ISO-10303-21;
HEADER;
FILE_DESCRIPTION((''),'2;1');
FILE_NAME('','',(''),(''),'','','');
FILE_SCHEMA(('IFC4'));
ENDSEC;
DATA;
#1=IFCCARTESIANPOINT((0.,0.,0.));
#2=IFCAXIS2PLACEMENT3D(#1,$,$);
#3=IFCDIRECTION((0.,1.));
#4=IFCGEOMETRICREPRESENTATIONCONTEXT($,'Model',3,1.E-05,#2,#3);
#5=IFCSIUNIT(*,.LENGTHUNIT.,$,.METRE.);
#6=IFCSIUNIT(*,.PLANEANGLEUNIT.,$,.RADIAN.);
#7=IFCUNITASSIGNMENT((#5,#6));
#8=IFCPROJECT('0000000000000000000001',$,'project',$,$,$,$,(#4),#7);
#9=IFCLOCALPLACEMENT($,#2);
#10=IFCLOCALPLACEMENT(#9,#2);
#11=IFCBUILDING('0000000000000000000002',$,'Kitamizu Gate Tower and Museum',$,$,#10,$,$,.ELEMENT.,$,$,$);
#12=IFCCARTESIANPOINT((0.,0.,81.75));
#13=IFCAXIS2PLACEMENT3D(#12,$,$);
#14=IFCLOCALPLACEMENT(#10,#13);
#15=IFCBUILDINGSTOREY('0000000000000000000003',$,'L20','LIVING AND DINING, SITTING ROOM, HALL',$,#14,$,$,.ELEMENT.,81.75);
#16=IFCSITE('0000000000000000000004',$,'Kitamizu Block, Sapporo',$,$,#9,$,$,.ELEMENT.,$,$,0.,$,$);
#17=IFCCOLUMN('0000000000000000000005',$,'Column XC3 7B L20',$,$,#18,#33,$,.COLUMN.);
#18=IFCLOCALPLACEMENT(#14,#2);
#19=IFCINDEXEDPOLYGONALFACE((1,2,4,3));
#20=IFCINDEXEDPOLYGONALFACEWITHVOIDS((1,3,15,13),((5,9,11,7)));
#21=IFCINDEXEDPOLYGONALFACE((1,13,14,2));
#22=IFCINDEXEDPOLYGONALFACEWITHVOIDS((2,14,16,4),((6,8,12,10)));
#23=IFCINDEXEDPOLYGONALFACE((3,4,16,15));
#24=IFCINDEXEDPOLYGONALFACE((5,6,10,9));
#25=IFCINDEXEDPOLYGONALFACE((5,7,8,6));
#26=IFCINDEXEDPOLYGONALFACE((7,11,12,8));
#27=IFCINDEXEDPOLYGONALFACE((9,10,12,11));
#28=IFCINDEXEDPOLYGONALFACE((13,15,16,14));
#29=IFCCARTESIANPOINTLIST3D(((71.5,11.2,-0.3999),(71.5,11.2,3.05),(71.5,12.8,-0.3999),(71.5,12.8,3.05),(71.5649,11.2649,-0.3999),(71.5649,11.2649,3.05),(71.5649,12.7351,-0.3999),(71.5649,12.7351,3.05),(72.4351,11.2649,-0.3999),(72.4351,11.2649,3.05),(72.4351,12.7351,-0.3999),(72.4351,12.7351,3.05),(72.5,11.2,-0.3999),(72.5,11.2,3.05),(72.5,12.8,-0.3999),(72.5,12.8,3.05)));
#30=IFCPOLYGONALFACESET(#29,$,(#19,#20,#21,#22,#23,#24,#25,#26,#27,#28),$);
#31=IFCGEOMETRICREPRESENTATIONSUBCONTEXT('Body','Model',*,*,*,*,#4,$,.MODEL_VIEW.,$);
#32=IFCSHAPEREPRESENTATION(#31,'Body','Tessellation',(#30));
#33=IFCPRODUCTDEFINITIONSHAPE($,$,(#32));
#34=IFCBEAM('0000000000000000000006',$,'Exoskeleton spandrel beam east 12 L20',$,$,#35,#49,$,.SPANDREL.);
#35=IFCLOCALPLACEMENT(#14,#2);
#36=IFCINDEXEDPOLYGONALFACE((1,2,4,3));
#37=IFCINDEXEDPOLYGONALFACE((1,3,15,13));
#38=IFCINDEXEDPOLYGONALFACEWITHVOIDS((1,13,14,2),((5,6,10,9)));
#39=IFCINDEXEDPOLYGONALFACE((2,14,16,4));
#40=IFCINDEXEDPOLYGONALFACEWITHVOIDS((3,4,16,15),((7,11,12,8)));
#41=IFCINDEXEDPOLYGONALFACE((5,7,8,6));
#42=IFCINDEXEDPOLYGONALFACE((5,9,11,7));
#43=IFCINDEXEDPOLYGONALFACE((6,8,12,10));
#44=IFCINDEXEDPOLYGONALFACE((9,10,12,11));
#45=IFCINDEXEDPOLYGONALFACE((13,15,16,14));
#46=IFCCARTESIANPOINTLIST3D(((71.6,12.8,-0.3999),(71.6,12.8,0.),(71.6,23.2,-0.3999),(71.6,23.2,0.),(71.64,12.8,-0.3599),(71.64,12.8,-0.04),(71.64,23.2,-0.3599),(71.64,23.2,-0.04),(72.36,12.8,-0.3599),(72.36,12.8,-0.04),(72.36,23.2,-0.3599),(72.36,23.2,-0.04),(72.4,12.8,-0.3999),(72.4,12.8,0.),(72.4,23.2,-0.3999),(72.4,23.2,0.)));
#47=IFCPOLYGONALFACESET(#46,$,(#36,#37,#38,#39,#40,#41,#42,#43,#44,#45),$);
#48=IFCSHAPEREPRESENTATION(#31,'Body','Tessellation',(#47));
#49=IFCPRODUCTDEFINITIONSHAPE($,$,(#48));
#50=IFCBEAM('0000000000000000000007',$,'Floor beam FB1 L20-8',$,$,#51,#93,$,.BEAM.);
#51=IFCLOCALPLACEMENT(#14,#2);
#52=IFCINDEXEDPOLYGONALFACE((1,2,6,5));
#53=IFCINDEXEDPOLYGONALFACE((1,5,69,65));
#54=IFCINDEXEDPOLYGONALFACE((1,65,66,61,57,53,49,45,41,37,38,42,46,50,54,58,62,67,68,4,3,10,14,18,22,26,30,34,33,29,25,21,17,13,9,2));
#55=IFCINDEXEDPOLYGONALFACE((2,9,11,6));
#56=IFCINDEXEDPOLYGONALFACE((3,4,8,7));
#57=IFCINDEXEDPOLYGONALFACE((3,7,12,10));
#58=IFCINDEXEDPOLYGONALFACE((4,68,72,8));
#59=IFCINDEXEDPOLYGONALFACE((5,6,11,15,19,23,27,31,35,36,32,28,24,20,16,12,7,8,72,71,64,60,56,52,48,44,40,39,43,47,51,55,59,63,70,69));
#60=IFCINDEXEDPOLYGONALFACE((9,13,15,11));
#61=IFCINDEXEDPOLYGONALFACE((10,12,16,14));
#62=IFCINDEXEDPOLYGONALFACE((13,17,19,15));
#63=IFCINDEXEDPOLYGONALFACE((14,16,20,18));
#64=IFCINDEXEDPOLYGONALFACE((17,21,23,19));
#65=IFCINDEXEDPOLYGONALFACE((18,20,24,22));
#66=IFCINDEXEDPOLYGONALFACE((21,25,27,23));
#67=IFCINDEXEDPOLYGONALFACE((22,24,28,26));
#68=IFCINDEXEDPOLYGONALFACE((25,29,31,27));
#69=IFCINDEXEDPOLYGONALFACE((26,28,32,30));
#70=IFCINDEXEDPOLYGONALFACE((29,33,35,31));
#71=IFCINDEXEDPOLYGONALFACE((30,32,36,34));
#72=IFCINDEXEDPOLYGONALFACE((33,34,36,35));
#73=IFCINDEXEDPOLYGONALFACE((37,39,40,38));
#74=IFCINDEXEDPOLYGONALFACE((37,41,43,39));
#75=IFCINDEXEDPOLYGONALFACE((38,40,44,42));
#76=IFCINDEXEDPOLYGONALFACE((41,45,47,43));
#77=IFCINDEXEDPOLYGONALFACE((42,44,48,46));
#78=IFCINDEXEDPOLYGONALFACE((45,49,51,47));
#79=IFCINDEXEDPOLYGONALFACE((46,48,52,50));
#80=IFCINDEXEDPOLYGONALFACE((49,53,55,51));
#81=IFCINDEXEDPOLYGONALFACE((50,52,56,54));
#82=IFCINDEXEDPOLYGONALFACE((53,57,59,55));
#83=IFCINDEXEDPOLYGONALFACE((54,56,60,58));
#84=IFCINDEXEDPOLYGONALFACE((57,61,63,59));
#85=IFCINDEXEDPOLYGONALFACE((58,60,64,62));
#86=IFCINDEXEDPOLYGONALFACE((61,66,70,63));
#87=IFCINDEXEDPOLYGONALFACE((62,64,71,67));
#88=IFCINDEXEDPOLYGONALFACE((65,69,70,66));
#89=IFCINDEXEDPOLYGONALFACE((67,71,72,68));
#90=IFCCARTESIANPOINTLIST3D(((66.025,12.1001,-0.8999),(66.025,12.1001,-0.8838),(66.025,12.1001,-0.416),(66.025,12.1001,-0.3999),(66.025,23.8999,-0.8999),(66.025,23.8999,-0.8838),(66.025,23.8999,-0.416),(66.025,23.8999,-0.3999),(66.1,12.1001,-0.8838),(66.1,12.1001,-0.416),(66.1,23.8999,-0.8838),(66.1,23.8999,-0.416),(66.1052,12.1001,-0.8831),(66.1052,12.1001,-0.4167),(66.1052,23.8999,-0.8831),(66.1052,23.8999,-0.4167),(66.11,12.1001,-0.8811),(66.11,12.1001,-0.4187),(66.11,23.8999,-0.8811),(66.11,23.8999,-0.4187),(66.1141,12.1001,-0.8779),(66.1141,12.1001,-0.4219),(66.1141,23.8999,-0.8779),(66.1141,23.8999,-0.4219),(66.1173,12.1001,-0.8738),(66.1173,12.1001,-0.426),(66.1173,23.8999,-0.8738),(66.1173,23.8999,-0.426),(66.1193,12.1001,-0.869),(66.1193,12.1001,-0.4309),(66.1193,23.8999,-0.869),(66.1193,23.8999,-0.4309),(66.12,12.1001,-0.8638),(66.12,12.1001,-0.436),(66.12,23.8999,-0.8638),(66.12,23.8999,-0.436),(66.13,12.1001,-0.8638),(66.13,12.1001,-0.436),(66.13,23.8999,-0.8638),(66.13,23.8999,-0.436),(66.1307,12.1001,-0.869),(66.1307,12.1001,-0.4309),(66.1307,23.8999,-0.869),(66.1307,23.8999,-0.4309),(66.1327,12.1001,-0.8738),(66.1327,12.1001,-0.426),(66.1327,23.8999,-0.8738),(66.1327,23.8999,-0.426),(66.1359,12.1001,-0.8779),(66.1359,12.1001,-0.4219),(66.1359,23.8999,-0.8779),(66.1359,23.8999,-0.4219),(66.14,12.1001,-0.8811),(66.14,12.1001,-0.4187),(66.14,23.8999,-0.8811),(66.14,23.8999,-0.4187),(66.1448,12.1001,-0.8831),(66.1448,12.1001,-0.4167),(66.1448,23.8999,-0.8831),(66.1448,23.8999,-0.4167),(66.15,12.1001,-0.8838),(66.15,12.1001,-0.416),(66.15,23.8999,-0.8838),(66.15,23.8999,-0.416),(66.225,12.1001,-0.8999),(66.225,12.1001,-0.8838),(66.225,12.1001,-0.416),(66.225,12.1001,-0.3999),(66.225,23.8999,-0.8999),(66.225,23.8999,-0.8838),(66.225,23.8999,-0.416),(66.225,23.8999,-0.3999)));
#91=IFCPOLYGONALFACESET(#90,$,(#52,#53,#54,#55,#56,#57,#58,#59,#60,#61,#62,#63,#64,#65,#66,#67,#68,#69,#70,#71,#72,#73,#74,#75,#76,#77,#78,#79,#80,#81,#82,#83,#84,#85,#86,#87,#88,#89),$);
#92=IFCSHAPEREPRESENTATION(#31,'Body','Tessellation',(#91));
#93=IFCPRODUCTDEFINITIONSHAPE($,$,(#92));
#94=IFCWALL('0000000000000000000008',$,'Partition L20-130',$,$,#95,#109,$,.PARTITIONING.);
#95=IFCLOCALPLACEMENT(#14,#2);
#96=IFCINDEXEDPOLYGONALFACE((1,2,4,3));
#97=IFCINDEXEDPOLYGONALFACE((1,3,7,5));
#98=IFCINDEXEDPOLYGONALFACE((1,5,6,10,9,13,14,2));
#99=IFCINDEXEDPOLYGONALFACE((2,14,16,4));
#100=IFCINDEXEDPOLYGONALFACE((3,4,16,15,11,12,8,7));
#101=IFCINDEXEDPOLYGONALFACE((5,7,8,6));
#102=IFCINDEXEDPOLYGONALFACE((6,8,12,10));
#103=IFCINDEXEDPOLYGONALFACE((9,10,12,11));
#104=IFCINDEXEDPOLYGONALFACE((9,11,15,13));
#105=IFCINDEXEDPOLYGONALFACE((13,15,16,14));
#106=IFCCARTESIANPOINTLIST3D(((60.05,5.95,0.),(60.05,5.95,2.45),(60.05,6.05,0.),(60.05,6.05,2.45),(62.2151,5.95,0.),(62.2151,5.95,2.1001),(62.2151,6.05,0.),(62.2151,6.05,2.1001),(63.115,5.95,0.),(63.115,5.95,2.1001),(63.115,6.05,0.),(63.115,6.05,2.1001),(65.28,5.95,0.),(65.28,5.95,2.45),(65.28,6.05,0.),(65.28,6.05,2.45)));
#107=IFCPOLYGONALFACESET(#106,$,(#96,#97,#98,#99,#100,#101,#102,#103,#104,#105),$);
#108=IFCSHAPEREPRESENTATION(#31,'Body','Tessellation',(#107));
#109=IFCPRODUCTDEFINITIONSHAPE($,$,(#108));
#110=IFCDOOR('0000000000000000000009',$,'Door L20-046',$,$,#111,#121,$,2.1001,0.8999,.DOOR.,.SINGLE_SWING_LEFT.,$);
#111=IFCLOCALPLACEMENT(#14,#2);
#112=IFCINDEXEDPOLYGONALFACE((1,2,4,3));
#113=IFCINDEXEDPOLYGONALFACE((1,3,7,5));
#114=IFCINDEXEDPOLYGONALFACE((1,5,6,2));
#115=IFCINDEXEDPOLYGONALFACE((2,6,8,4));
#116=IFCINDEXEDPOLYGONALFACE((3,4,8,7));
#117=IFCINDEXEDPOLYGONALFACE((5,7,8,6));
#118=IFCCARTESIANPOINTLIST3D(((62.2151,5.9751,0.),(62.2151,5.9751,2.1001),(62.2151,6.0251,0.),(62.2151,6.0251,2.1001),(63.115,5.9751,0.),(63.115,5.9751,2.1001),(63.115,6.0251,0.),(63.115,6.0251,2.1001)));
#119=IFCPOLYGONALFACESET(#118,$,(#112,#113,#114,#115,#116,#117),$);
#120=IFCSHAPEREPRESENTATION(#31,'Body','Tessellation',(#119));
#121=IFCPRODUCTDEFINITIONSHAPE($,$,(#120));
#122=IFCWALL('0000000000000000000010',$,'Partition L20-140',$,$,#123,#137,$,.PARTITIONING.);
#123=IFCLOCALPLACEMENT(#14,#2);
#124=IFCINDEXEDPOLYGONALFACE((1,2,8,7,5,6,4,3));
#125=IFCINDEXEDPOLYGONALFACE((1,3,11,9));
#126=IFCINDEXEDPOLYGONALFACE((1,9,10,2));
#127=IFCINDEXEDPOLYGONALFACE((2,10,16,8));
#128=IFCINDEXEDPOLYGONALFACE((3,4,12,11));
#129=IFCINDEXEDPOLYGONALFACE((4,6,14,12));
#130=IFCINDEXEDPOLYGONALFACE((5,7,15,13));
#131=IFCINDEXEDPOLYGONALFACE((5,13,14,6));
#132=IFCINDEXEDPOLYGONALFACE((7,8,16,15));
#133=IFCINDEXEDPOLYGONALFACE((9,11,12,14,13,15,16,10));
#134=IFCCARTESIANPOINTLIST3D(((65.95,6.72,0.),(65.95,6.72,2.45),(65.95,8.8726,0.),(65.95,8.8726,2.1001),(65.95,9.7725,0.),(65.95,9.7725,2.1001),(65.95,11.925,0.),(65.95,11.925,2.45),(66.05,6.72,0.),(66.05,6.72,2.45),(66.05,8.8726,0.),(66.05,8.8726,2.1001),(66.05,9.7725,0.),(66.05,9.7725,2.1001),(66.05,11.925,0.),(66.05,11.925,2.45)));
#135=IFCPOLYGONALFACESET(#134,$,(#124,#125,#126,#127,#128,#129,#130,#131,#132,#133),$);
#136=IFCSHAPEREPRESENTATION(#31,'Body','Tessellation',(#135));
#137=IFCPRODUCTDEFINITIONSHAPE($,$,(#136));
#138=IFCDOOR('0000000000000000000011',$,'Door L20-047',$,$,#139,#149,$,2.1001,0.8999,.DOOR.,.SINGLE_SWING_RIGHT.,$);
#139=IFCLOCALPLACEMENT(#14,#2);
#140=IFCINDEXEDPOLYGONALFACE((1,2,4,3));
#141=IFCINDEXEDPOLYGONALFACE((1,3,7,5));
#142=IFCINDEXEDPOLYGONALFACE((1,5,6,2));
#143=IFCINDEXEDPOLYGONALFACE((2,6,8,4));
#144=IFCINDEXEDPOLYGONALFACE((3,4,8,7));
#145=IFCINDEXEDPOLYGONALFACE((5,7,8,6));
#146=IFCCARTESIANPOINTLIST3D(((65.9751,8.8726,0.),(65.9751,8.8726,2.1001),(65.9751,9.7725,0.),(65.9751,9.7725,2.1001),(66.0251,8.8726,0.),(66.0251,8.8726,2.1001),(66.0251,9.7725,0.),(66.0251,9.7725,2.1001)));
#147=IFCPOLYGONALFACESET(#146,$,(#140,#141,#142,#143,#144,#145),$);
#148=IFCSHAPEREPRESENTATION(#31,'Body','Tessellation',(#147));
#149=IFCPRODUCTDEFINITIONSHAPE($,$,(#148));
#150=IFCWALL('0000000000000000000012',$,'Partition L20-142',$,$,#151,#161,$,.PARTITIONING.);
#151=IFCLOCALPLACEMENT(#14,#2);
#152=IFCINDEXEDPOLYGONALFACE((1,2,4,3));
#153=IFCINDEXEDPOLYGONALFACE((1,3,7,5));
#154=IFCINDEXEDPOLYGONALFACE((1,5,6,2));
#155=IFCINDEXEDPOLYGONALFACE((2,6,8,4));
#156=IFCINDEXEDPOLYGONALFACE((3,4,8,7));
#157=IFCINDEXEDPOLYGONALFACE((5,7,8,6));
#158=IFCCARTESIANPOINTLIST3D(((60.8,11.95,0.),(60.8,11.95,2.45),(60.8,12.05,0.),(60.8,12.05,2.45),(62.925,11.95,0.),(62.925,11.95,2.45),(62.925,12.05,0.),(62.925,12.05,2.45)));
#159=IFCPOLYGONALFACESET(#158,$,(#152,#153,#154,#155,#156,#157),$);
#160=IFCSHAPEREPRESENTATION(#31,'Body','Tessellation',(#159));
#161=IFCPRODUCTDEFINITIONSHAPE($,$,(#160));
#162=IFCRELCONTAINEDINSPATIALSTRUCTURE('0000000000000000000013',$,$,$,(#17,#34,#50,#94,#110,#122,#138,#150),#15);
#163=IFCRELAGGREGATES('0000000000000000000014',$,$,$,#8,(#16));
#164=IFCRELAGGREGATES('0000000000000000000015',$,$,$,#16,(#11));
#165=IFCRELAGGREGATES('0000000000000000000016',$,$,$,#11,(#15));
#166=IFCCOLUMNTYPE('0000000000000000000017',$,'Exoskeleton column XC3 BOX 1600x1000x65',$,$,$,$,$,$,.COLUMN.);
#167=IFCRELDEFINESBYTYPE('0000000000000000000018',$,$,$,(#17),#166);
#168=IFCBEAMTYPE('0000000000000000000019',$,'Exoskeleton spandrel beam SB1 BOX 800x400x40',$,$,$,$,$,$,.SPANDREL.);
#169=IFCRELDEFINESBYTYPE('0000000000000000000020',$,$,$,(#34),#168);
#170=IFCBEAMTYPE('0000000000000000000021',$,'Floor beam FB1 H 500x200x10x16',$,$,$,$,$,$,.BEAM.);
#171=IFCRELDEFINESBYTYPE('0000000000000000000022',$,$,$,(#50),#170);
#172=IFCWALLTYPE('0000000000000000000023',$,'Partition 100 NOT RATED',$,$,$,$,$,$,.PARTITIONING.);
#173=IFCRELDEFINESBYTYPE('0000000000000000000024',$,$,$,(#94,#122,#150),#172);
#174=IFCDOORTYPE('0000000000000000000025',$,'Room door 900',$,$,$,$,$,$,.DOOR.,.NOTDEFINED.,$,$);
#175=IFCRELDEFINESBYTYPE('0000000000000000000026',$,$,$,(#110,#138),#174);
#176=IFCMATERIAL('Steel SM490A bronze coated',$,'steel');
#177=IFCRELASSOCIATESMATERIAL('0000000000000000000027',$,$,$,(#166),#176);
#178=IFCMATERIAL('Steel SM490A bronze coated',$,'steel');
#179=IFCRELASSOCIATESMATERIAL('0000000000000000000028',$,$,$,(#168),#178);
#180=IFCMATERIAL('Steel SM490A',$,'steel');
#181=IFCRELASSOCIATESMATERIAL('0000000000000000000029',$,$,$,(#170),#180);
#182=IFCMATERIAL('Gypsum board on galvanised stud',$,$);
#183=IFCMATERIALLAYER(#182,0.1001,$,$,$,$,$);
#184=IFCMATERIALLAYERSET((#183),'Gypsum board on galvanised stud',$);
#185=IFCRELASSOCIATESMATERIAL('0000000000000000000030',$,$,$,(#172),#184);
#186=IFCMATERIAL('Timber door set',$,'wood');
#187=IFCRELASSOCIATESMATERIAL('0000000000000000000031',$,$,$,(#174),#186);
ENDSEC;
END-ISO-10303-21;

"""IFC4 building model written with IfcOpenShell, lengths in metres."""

from ifc_helpers import new_model, si_unit, direction, frame, frame_2d, origin, origin_2d, place, context, subcontext, project, spatial, rectangle, hollow_rectangle, i_section, extrude, material, layer, layer_set, material_profile, profile_set, type_object, element, fill, save


model = new_model("IFC4")

# Units and contexts
model_context = context("Model", 3, precision=1e-05, world=origin(), true_north=direction((0.0, 1.0)))
body_context = subcontext(model_context, "Body", "Model", "MODEL_VIEW")
ifc_project = project(units=[si_unit("LENGTHUNIT", "METRE"), si_unit("PLANEANGLEUNIT", "RADIAN")], contexts=[model_context])

# Site, building, storey
site_placement = place(None, origin())
site = spatial("IfcSite", under=ifc_project, at=site_placement, Name="Kitamizu Block, Sapporo", CompositionType="ELEMENT", RefElevation=0.0)
building_placement = place(site_placement, origin())
building = spatial("IfcBuilding", under=site, at=building_placement, Name="Kitamizu Gate Tower and Museum", CompositionType="ELEMENT")
storey_placement = place(building_placement, frame((0.0, 0.0, 81.75)))
storey = spatial("IfcBuildingStorey", under=building, at=storey_placement, Name="L20", Description="LIVING AND DINING, SITTING ROOM, HALL", CompositionType="ELEMENT", Elevation=81.75)

# Column
ifc_material_1 = material(Name="Steel SM490A bronze coated", Category="steel")
ifc_material_profile_1 = material_profile(ifc_material_1, hollow_rectangle(XDim=1.6001, YDim=1.0, WallThickness=0.0649, at=origin_2d()), Name="BOX 1600x1000x65")
ifc_profile_set_1 = profile_set([ifc_material_profile_1], Name="Steel SM490A bronze coated")
column_type = type_object("IfcColumnType", Name="Exoskeleton column XC3 BOX 1600x1000x65", PredefinedType="COLUMN", material=ifc_profile_set_1)
column_placement = place(storey_placement, frame((72.0, 12.0, -0.3999), z_axis=(0.0, 0.0, 1.0), x_axis=(0.0, 1.0, 0.0)))
element("IfcColumn", 1, at=column_placement, inside=storey, type_object=column_type, Name="Column XC3 7B L20", PredefinedType="COLUMN", context=body_context, shape_type="SweptSolid", body=[
    extrude(hollow_rectangle(XDim=1.6001, YDim=1.0, WallThickness=0.0649, at=origin_2d()), origin(), (0.0, 0.0, 1.0), 3.45),
])

# Beams
ifc_material_2 = material(Name="Steel SM490A bronze coated", Category="steel")
ifc_material_profile_2 = material_profile(ifc_material_2, hollow_rectangle(XDim=0.8, YDim=0.3999, WallThickness=0.04, at=origin_2d()), Name="BOX 800x400x40")
ifc_profile_set_2 = profile_set([ifc_material_profile_2], Name="Steel SM490A bronze coated")
beam_type_1 = type_object("IfcBeamType", Name="Exoskeleton spandrel beam SB1 BOX 800x400x40", PredefinedType="SPANDREL", material=ifc_profile_set_2)
beam_1_placement = place(storey_placement, frame((72.0, 12.8, -0.2), z_axis=(0.0, 1.0, 0.0), x_axis=(-1.0, 0.0, 0.0)))
element("IfcBeam", 2, at=beam_1_placement, inside=storey, type_object=beam_type_1, Name="Exoskeleton spandrel beam east 12 L20", PredefinedType="SPANDREL", context=body_context, shape_type="SweptSolid", body=[
    extrude(hollow_rectangle(XDim=0.8, YDim=0.3999, WallThickness=0.04, at=origin_2d()), origin(), (0.0, 0.0, 1.0), 10.3999),
])
ifc_material_3 = material(Name="Steel SM490A", Category="steel")
ifc_material_profile_3 = material_profile(ifc_material_3, i_section(OverallWidth=0.2, OverallDepth=0.5, WebThickness=0.01, FlangeThickness=0.0161, FilletRadius=0.02, at=origin_2d()), Name="H-500x200x10x16")
ifc_profile_set_3 = profile_set([ifc_material_profile_3], Name="Steel SM490A")
beam_type_2 = type_object("IfcBeamType", Name="Floor beam FB1 H 500x200x10x16", PredefinedType="BEAM", material=ifc_profile_set_3)
beam_2_placement = place(storey_placement, frame((66.125, 12.1001, -0.6499), z_axis=(0.0, 1.0, 0.0), x_axis=(-1.0, 0.0, 0.0)))
element("IfcBeam", 3, at=beam_2_placement, inside=storey, type_object=beam_type_2, Name="Floor beam FB1 L20-8", PredefinedType="BEAM", context=body_context, shape_type="SweptSolid", body=[
    extrude(i_section(OverallWidth=0.2, OverallDepth=0.5, WebThickness=0.01, FlangeThickness=0.0161, FilletRadius=0.02, at=origin_2d()), origin(), (0.0, 0.0, 1.0), 11.7998),
])

# Walls, openings, doors
ifc_material_4 = material(Name="Gypsum board on galvanised stud")
ifc_layer_1 = layer(ifc_material_4, 0.1001)
ifc_layer_set_1 = layer_set([ifc_layer_1], Name="Gypsum board on galvanised stud")
wall_type_1 = type_object("IfcWallType", Name="Partition 100 NOT RATED", PredefinedType="PARTITIONING", material=ifc_layer_set_1)
wall_1_placement = place(storey_placement, frame((65.28, 6.0, 0.0), z_axis=(0.0, 0.0, 1.0), x_axis=(-1.0, 0.0, 0.0)))
wall_1 = element("IfcWall", 4, at=wall_1_placement, inside=storey, type_object=wall_type_1, Name="Partition L20-130", PredefinedType="PARTITIONING", context=body_context, shape_type="SweptSolid", body=[
    extrude(rectangle(XDim=5.23, YDim=0.1001, at=frame_2d((2.615, 0.0))), origin(), (0.0, 0.0, 1.0), 2.45),
])
opening_1_placement = place(wall_1_placement, frame((2.165, 0.0, 0.0)))
opening_1 = element("IfcOpeningElement", 5, at=opening_1_placement, cuts=wall_1, PredefinedType="OPENING", context=body_context, shape_type="SweptSolid", body=[
    extrude(rectangle(XDim=0.8999, YDim=2.1001, at=frame_2d((0.45, 1.05))), frame((0.0, 0.0601, 0.0), z_axis=(0.0, -1.0, 0.0), x_axis=(1.0, 0.0, 0.0)), (0.0, 0.0, 1.0), 0.1201),
])
ifc_material_5 = material(Name="Timber door set", Category="wood")
door_type_1 = type_object("IfcDoorType", Name="Room door 900", OperationType="NOTDEFINED", PredefinedType="DOOR", material=ifc_material_5)
door_1_placement = place(opening_1_placement, origin())
door_1 = element("IfcDoor", 6, at=door_1_placement, inside=storey, type_object=door_type_1, Name="Door L20-046", OperationType="SINGLE_SWING_LEFT", OverallHeight=2.1001, OverallWidth=0.8999, PredefinedType="DOOR", context=body_context, shape_type="SweptSolid", body=[
    extrude(rectangle(XDim=0.8999, YDim=2.1001, at=frame_2d((0.45, 1.05))), frame((0.0, 0.0249, 0.0), z_axis=(0.0, -1.0, 0.0), x_axis=(1.0, 0.0, 0.0)), (0.0, 0.0, 1.0), 0.05),
])
fill(opening_1, door_1)
wall_2_placement = place(storey_placement, frame((66.0, 6.72, 0.0), z_axis=(0.0, 0.0, 1.0), x_axis=(0.0, 1.0, 0.0)))
wall_2 = element("IfcWall", 7, at=wall_2_placement, inside=storey, type_object=wall_type_1, Name="Partition L20-140", PredefinedType="PARTITIONING", context=body_context, shape_type="SweptSolid", body=[
    extrude(rectangle(XDim=5.2051, YDim=0.1001, at=frame_2d((2.6025, 0.0))), origin(), (0.0, 0.0, 1.0), 2.45),
])
opening_2_placement = place(wall_2_placement, frame((2.1526, 0.0, 0.0)))
opening_2 = element("IfcOpeningElement", 8, at=opening_2_placement, cuts=wall_2, PredefinedType="OPENING", context=body_context, shape_type="SweptSolid", body=[
    extrude(rectangle(XDim=0.8999, YDim=2.1001, at=frame_2d((0.45, 1.05))), frame((0.0, 0.0601, 0.0), z_axis=(0.0, -1.0, 0.0), x_axis=(1.0, 0.0, 0.0)), (0.0, 0.0, 1.0), 0.1201),
])
door_2_placement = place(opening_2_placement, origin())
door_2 = element("IfcDoor", 9, at=door_2_placement, inside=storey, type_object=door_type_1, Name="Door L20-047", OperationType="SINGLE_SWING_RIGHT", OverallHeight=2.1001, OverallWidth=0.8999, PredefinedType="DOOR", context=body_context, shape_type="SweptSolid", body=[
    extrude(rectangle(XDim=0.8999, YDim=2.1001, at=frame_2d((0.45, 1.05))), frame((0.0, 0.0249, 0.0), z_axis=(0.0, -1.0, 0.0), x_axis=(1.0, 0.0, 0.0)), (0.0, 0.0, 1.0), 0.05),
])
fill(opening_2, door_2)

# Wall
wall_3_placement = place(storey_placement, frame((62.925, 12.0, 0.0), z_axis=(0.0, 0.0, 1.0), x_axis=(-1.0, 0.0, 0.0)))
element("IfcWall", 10, at=wall_3_placement, inside=storey, type_object=wall_type_1, Name="Partition L20-142", PredefinedType="PARTITIONING", context=body_context, shape_type="SweptSolid", body=[
    extrude(rectangle(XDim=2.125, YDim=0.1001, at=frame_2d((1.0625, 0.0))), origin(), (0.0, 0.0, 1.0), 2.45),
])

save(model, "model.ifc")
